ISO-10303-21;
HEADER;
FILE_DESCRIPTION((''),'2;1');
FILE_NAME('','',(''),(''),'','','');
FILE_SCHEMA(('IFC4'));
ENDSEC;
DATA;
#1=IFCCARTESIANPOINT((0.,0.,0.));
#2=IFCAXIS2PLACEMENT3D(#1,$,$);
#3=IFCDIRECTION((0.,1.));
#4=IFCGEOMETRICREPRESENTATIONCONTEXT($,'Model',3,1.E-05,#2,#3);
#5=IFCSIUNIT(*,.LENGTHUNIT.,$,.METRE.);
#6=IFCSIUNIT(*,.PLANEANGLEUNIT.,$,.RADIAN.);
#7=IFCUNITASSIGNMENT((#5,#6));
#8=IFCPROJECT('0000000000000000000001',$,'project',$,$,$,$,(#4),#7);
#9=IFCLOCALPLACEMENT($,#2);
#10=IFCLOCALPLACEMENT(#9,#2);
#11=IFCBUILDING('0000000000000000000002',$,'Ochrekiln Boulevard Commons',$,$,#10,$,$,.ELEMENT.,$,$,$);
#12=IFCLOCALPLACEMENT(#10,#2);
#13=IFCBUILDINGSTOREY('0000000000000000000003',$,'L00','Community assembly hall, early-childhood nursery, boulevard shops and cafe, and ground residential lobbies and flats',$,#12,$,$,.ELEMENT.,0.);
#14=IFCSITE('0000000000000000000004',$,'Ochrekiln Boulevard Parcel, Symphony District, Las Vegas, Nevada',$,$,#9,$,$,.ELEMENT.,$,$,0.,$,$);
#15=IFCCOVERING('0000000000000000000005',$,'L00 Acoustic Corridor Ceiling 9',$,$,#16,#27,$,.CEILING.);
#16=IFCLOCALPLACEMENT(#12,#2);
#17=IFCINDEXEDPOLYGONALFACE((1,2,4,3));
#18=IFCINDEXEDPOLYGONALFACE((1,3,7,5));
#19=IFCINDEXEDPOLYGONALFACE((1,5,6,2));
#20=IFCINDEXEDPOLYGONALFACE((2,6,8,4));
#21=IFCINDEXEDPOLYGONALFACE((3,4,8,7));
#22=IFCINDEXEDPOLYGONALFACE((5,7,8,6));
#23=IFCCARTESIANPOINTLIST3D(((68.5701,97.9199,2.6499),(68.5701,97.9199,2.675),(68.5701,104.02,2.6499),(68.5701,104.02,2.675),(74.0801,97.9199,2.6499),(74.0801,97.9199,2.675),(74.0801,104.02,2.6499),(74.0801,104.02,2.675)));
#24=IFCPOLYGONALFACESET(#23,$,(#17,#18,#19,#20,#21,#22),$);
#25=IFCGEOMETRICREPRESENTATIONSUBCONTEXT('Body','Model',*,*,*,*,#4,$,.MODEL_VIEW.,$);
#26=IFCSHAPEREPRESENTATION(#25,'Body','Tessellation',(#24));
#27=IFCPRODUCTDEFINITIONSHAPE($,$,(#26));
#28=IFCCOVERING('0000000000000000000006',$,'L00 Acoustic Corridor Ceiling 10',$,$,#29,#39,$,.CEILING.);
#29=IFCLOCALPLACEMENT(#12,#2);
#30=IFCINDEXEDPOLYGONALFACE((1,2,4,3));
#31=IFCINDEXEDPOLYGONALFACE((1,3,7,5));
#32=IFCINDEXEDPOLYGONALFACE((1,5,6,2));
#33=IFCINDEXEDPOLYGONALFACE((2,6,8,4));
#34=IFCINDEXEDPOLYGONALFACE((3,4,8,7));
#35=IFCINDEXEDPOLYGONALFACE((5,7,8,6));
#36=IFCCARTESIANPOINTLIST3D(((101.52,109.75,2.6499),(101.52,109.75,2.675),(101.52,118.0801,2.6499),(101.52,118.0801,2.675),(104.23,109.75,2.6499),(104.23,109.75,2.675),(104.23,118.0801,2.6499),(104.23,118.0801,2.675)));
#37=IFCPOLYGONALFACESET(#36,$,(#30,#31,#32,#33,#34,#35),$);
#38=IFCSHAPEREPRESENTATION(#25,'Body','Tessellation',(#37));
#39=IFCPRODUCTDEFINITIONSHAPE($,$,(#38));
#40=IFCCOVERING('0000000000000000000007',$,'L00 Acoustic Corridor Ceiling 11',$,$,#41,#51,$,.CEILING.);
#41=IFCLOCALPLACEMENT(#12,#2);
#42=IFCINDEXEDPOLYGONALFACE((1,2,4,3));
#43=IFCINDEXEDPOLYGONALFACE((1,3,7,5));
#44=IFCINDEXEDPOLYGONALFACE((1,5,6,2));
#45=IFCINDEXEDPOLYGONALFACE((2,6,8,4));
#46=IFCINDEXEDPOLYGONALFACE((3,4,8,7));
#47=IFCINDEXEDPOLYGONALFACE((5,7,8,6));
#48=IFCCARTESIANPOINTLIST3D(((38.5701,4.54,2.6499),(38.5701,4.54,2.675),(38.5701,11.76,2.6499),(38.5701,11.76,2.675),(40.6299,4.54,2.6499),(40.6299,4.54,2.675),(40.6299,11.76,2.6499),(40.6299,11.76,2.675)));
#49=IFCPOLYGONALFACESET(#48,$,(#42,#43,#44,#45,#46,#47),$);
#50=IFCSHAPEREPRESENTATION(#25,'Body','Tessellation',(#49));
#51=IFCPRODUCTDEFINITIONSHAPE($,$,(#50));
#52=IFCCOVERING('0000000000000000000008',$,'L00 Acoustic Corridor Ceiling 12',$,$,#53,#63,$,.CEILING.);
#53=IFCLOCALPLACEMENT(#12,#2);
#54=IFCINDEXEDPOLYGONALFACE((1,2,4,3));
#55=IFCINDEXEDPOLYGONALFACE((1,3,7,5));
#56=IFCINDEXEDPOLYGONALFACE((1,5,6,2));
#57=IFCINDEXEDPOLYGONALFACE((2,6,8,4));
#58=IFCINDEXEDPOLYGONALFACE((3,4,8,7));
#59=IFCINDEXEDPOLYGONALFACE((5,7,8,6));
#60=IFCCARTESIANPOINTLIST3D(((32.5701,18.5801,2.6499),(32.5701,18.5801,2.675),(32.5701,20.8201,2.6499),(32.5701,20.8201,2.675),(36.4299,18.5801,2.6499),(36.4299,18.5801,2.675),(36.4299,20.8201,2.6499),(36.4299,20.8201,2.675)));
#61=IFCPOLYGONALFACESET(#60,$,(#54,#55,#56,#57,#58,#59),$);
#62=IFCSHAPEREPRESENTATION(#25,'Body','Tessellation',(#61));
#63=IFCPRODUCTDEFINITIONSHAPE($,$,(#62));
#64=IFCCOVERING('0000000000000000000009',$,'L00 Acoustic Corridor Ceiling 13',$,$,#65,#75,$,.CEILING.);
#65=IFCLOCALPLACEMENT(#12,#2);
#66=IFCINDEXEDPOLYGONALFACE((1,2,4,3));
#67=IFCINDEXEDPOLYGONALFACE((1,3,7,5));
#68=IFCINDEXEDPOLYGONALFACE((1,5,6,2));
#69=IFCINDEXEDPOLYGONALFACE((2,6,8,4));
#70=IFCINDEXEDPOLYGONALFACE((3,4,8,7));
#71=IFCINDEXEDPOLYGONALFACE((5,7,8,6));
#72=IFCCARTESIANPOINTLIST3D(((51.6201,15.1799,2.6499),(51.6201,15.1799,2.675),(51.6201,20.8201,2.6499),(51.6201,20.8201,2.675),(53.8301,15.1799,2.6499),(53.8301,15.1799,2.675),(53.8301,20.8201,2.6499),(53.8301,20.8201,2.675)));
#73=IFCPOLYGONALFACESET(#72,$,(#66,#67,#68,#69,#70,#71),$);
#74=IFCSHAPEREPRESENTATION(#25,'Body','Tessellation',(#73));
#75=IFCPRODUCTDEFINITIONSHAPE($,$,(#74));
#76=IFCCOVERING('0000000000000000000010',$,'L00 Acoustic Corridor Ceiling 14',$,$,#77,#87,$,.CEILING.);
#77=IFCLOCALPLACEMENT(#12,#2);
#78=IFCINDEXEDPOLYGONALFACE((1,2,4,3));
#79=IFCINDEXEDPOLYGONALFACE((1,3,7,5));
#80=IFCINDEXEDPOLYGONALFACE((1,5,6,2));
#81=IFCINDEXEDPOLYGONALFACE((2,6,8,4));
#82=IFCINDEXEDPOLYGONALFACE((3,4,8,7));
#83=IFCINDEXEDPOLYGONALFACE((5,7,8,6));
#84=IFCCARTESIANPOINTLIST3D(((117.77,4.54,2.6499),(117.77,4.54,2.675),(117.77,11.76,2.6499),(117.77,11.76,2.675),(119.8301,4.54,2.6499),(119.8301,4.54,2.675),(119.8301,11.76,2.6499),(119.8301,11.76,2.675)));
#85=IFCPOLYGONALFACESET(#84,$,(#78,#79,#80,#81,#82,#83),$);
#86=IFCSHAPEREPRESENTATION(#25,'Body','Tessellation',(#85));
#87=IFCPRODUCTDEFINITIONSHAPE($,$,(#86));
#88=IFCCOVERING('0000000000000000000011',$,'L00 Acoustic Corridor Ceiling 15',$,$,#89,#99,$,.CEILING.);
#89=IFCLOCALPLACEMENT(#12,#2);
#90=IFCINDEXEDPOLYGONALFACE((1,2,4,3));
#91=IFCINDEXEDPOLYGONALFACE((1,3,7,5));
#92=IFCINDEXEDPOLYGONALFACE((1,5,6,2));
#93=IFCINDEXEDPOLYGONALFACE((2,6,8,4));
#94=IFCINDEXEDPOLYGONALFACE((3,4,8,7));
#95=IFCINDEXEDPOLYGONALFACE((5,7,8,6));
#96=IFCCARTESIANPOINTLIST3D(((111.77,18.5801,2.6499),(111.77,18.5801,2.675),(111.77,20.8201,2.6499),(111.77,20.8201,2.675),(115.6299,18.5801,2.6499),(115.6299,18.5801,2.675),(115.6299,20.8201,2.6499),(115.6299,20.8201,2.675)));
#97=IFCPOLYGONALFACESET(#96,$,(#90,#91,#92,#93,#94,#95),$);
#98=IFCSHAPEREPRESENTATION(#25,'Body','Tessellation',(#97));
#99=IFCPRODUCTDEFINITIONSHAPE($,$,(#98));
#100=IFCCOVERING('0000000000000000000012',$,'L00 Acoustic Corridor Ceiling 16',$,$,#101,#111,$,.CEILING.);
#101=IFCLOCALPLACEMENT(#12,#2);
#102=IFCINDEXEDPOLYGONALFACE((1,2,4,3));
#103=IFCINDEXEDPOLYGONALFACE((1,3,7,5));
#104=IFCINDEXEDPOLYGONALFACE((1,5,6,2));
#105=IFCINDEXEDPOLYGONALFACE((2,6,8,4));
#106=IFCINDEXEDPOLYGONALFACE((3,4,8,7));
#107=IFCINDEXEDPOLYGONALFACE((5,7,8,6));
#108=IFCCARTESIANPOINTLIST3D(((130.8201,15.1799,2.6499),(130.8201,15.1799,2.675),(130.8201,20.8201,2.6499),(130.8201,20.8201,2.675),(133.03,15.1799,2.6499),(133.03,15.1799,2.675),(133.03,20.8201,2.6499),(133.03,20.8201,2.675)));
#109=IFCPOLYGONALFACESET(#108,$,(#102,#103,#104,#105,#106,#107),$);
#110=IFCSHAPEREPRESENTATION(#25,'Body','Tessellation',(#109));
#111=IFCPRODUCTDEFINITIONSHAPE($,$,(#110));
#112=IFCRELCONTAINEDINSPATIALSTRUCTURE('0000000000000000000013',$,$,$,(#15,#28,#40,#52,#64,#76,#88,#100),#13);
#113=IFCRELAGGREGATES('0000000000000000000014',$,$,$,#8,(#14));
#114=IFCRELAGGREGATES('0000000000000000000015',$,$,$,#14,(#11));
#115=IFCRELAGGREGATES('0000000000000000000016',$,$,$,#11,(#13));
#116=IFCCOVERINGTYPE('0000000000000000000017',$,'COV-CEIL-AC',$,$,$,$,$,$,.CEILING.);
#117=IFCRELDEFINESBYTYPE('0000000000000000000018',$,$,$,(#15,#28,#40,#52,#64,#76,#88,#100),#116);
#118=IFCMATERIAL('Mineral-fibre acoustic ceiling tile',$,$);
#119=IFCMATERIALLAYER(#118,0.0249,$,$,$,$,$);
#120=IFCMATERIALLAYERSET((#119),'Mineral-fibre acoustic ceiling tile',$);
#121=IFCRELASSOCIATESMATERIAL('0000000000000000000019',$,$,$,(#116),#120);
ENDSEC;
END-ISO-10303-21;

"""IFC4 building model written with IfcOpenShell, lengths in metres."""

from ifc_helpers import new_model, si_unit, direction, frame, origin, place, context, subcontext, project, spatial, polyline, outline, extrude, material, layer, layer_set, type_object, element, save


model = new_model("IFC4")

# Units and contexts
model_context = context("Model", 3, precision=1e-05, world=origin(), true_north=direction((0.0, 1.0)))
body_context = subcontext(model_context, "Body", "Model", "MODEL_VIEW")
ifc_project = project(units=[si_unit("LENGTHUNIT", "METRE"), si_unit("PLANEANGLEUNIT", "RADIAN")], contexts=[model_context])

# Site, building, storey
site_placement = place(None, origin())
site = spatial("IfcSite", under=ifc_project, at=site_placement, Name="Ochrekiln Boulevard Parcel, Symphony District, Las Vegas, Nevada", CompositionType="ELEMENT", RefElevation=0.0)
building_placement = place(site_placement, origin())
building = spatial("IfcBuilding", under=site, at=building_placement, Name="Ochrekiln Boulevard Commons", CompositionType="ELEMENT")
storey_placement = place(building_placement, origin())
storey = spatial("IfcBuildingStorey", under=building, at=storey_placement, Name="L00", Description="Community assembly hall, early-childhood nursery, boulevard shops and cafe, and ground residential lobbies and flats", CompositionType="ELEMENT", Elevation=0.0)

# Coverings
ifc_material_1 = material(Name="Mineral-fibre acoustic ceiling tile")
ifc_layer_1 = layer(ifc_material_1, 0.0249)
ifc_layer_set_1 = layer_set([ifc_layer_1], Name="Mineral-fibre acoustic ceiling tile")
covering_type = type_object("IfcCoveringType", Name="COV-CEIL-AC", PredefinedType="CEILING", material=ifc_layer_set_1)
covering_1_placement = place(storey_placement, frame((0.0, 0.0, 2.6499)))
element("IfcCovering", 1, at=covering_1_placement, inside=storey, type_object=covering_type, Name="L00 Acoustic Corridor Ceiling 9", PredefinedType="CEILING", context=body_context, shape_type="SweptSolid", body=[
    extrude(outline(polyline([(68.5701, 97.9199), (74.0801, 97.9199), (74.0801, 104.02), (68.5701, 104.02), (68.5701, 97.9199)])), origin(), (0.0, 0.0, 1.0), 0.0251),
])
covering_2_placement = place(storey_placement, frame((0.0, 0.0, 2.6499)))
element("IfcCovering", 2, at=covering_2_placement, inside=storey, type_object=covering_type, Name="L00 Acoustic Corridor Ceiling 10", PredefinedType="CEILING", context=body_context, shape_type="SweptSolid", body=[
    extrude(outline(polyline([(101.52, 109.75), (104.23, 109.75), (104.23, 118.0801), (101.52, 118.0801), (101.52, 109.75)])), origin(), (0.0, 0.0, 1.0), 0.0251),
])
covering_3_placement = place(storey_placement, frame((0.0, 0.0, 2.6499)))
element("IfcCovering", 3, at=covering_3_placement, inside=storey, type_object=covering_type, Name="L00 Acoustic Corridor Ceiling 11", PredefinedType="CEILING", context=body_context, shape_type="SweptSolid", body=[
    extrude(outline(polyline([(38.5701, 4.54), (40.6299, 4.54), (40.6299, 11.76), (38.5701, 11.76), (38.5701, 4.54)])), origin(), (0.0, 0.0, 1.0), 0.0251),
])
covering_4_placement = place(storey_placement, frame((0.0, 0.0, 2.6499)))
element("IfcCovering", 4, at=covering_4_placement, inside=storey, type_object=covering_type, Name="L00 Acoustic Corridor Ceiling 12", PredefinedType="CEILING", context=body_context, shape_type="SweptSolid", body=[
    extrude(outline(polyline([(32.5701, 18.5801), (36.4299, 18.5801), (36.4299, 20.8201), (32.5701, 20.8201), (32.5701, 18.5801)])), origin(), (0.0, 0.0, 1.0), 0.0251),
])
covering_5_placement = place(storey_placement, frame((0.0, 0.0, 2.6499)))
element("IfcCovering", 5, at=covering_5_placement, inside=storey, type_object=covering_type, Name="L00 Acoustic Corridor Ceiling 13", PredefinedType="CEILING", context=body_context, shape_type="SweptSolid", body=[
    extrude(outline(polyline([(51.6201, 15.1799), (53.8301, 15.1799), (53.8301, 20.8201), (51.6201, 20.8201), (51.6201, 15.1799)])), origin(), (0.0, 0.0, 1.0), 0.0251),
])
covering_6_placement = place(storey_placement, frame((0.0, 0.0, 2.6499)))
element("IfcCovering", 6, at=covering_6_placement, inside=storey, type_object=covering_type, Name="L00 Acoustic Corridor Ceiling 14", PredefinedType="CEILING", context=body_context, shape_type="SweptSolid", body=[
    extrude(outline(polyline([(117.77, 4.54), (119.8301, 4.54), (119.8301, 11.76), (117.77, 11.76), (117.77, 4.54)])), origin(), (0.0, 0.0, 1.0), 0.0251),
])
covering_7_placement = place(storey_placement, frame((0.0, 0.0, 2.6499)))
element("IfcCovering", 7, at=covering_7_placement, inside=storey, type_object=covering_type, Name="L00 Acoustic Corridor Ceiling 15", PredefinedType="CEILING", context=body_context, shape_type="SweptSolid", body=[
    extrude(outline(polyline([(111.77, 18.5801), (115.6299, 18.5801), (115.6299, 20.8201), (111.77, 20.8201), (111.77, 18.5801)])), origin(), (0.0, 0.0, 1.0), 0.0251),
])
covering_8_placement = place(storey_placement, frame((0.0, 0.0, 2.6499)))
element("IfcCovering", 8, at=covering_8_placement, inside=storey, type_object=covering_type, Name="L00 Acoustic Corridor Ceiling 16", PredefinedType="CEILING", context=body_context, shape_type="SweptSolid", body=[
    extrude(outline(polyline([(130.8201, 15.1799), (133.03, 15.1799), (133.03, 20.8201), (130.8201, 20.8201), (130.8201, 15.1799)])), origin(), (0.0, 0.0, 1.0), 0.0251),
])

save(model, "model.ifc")
